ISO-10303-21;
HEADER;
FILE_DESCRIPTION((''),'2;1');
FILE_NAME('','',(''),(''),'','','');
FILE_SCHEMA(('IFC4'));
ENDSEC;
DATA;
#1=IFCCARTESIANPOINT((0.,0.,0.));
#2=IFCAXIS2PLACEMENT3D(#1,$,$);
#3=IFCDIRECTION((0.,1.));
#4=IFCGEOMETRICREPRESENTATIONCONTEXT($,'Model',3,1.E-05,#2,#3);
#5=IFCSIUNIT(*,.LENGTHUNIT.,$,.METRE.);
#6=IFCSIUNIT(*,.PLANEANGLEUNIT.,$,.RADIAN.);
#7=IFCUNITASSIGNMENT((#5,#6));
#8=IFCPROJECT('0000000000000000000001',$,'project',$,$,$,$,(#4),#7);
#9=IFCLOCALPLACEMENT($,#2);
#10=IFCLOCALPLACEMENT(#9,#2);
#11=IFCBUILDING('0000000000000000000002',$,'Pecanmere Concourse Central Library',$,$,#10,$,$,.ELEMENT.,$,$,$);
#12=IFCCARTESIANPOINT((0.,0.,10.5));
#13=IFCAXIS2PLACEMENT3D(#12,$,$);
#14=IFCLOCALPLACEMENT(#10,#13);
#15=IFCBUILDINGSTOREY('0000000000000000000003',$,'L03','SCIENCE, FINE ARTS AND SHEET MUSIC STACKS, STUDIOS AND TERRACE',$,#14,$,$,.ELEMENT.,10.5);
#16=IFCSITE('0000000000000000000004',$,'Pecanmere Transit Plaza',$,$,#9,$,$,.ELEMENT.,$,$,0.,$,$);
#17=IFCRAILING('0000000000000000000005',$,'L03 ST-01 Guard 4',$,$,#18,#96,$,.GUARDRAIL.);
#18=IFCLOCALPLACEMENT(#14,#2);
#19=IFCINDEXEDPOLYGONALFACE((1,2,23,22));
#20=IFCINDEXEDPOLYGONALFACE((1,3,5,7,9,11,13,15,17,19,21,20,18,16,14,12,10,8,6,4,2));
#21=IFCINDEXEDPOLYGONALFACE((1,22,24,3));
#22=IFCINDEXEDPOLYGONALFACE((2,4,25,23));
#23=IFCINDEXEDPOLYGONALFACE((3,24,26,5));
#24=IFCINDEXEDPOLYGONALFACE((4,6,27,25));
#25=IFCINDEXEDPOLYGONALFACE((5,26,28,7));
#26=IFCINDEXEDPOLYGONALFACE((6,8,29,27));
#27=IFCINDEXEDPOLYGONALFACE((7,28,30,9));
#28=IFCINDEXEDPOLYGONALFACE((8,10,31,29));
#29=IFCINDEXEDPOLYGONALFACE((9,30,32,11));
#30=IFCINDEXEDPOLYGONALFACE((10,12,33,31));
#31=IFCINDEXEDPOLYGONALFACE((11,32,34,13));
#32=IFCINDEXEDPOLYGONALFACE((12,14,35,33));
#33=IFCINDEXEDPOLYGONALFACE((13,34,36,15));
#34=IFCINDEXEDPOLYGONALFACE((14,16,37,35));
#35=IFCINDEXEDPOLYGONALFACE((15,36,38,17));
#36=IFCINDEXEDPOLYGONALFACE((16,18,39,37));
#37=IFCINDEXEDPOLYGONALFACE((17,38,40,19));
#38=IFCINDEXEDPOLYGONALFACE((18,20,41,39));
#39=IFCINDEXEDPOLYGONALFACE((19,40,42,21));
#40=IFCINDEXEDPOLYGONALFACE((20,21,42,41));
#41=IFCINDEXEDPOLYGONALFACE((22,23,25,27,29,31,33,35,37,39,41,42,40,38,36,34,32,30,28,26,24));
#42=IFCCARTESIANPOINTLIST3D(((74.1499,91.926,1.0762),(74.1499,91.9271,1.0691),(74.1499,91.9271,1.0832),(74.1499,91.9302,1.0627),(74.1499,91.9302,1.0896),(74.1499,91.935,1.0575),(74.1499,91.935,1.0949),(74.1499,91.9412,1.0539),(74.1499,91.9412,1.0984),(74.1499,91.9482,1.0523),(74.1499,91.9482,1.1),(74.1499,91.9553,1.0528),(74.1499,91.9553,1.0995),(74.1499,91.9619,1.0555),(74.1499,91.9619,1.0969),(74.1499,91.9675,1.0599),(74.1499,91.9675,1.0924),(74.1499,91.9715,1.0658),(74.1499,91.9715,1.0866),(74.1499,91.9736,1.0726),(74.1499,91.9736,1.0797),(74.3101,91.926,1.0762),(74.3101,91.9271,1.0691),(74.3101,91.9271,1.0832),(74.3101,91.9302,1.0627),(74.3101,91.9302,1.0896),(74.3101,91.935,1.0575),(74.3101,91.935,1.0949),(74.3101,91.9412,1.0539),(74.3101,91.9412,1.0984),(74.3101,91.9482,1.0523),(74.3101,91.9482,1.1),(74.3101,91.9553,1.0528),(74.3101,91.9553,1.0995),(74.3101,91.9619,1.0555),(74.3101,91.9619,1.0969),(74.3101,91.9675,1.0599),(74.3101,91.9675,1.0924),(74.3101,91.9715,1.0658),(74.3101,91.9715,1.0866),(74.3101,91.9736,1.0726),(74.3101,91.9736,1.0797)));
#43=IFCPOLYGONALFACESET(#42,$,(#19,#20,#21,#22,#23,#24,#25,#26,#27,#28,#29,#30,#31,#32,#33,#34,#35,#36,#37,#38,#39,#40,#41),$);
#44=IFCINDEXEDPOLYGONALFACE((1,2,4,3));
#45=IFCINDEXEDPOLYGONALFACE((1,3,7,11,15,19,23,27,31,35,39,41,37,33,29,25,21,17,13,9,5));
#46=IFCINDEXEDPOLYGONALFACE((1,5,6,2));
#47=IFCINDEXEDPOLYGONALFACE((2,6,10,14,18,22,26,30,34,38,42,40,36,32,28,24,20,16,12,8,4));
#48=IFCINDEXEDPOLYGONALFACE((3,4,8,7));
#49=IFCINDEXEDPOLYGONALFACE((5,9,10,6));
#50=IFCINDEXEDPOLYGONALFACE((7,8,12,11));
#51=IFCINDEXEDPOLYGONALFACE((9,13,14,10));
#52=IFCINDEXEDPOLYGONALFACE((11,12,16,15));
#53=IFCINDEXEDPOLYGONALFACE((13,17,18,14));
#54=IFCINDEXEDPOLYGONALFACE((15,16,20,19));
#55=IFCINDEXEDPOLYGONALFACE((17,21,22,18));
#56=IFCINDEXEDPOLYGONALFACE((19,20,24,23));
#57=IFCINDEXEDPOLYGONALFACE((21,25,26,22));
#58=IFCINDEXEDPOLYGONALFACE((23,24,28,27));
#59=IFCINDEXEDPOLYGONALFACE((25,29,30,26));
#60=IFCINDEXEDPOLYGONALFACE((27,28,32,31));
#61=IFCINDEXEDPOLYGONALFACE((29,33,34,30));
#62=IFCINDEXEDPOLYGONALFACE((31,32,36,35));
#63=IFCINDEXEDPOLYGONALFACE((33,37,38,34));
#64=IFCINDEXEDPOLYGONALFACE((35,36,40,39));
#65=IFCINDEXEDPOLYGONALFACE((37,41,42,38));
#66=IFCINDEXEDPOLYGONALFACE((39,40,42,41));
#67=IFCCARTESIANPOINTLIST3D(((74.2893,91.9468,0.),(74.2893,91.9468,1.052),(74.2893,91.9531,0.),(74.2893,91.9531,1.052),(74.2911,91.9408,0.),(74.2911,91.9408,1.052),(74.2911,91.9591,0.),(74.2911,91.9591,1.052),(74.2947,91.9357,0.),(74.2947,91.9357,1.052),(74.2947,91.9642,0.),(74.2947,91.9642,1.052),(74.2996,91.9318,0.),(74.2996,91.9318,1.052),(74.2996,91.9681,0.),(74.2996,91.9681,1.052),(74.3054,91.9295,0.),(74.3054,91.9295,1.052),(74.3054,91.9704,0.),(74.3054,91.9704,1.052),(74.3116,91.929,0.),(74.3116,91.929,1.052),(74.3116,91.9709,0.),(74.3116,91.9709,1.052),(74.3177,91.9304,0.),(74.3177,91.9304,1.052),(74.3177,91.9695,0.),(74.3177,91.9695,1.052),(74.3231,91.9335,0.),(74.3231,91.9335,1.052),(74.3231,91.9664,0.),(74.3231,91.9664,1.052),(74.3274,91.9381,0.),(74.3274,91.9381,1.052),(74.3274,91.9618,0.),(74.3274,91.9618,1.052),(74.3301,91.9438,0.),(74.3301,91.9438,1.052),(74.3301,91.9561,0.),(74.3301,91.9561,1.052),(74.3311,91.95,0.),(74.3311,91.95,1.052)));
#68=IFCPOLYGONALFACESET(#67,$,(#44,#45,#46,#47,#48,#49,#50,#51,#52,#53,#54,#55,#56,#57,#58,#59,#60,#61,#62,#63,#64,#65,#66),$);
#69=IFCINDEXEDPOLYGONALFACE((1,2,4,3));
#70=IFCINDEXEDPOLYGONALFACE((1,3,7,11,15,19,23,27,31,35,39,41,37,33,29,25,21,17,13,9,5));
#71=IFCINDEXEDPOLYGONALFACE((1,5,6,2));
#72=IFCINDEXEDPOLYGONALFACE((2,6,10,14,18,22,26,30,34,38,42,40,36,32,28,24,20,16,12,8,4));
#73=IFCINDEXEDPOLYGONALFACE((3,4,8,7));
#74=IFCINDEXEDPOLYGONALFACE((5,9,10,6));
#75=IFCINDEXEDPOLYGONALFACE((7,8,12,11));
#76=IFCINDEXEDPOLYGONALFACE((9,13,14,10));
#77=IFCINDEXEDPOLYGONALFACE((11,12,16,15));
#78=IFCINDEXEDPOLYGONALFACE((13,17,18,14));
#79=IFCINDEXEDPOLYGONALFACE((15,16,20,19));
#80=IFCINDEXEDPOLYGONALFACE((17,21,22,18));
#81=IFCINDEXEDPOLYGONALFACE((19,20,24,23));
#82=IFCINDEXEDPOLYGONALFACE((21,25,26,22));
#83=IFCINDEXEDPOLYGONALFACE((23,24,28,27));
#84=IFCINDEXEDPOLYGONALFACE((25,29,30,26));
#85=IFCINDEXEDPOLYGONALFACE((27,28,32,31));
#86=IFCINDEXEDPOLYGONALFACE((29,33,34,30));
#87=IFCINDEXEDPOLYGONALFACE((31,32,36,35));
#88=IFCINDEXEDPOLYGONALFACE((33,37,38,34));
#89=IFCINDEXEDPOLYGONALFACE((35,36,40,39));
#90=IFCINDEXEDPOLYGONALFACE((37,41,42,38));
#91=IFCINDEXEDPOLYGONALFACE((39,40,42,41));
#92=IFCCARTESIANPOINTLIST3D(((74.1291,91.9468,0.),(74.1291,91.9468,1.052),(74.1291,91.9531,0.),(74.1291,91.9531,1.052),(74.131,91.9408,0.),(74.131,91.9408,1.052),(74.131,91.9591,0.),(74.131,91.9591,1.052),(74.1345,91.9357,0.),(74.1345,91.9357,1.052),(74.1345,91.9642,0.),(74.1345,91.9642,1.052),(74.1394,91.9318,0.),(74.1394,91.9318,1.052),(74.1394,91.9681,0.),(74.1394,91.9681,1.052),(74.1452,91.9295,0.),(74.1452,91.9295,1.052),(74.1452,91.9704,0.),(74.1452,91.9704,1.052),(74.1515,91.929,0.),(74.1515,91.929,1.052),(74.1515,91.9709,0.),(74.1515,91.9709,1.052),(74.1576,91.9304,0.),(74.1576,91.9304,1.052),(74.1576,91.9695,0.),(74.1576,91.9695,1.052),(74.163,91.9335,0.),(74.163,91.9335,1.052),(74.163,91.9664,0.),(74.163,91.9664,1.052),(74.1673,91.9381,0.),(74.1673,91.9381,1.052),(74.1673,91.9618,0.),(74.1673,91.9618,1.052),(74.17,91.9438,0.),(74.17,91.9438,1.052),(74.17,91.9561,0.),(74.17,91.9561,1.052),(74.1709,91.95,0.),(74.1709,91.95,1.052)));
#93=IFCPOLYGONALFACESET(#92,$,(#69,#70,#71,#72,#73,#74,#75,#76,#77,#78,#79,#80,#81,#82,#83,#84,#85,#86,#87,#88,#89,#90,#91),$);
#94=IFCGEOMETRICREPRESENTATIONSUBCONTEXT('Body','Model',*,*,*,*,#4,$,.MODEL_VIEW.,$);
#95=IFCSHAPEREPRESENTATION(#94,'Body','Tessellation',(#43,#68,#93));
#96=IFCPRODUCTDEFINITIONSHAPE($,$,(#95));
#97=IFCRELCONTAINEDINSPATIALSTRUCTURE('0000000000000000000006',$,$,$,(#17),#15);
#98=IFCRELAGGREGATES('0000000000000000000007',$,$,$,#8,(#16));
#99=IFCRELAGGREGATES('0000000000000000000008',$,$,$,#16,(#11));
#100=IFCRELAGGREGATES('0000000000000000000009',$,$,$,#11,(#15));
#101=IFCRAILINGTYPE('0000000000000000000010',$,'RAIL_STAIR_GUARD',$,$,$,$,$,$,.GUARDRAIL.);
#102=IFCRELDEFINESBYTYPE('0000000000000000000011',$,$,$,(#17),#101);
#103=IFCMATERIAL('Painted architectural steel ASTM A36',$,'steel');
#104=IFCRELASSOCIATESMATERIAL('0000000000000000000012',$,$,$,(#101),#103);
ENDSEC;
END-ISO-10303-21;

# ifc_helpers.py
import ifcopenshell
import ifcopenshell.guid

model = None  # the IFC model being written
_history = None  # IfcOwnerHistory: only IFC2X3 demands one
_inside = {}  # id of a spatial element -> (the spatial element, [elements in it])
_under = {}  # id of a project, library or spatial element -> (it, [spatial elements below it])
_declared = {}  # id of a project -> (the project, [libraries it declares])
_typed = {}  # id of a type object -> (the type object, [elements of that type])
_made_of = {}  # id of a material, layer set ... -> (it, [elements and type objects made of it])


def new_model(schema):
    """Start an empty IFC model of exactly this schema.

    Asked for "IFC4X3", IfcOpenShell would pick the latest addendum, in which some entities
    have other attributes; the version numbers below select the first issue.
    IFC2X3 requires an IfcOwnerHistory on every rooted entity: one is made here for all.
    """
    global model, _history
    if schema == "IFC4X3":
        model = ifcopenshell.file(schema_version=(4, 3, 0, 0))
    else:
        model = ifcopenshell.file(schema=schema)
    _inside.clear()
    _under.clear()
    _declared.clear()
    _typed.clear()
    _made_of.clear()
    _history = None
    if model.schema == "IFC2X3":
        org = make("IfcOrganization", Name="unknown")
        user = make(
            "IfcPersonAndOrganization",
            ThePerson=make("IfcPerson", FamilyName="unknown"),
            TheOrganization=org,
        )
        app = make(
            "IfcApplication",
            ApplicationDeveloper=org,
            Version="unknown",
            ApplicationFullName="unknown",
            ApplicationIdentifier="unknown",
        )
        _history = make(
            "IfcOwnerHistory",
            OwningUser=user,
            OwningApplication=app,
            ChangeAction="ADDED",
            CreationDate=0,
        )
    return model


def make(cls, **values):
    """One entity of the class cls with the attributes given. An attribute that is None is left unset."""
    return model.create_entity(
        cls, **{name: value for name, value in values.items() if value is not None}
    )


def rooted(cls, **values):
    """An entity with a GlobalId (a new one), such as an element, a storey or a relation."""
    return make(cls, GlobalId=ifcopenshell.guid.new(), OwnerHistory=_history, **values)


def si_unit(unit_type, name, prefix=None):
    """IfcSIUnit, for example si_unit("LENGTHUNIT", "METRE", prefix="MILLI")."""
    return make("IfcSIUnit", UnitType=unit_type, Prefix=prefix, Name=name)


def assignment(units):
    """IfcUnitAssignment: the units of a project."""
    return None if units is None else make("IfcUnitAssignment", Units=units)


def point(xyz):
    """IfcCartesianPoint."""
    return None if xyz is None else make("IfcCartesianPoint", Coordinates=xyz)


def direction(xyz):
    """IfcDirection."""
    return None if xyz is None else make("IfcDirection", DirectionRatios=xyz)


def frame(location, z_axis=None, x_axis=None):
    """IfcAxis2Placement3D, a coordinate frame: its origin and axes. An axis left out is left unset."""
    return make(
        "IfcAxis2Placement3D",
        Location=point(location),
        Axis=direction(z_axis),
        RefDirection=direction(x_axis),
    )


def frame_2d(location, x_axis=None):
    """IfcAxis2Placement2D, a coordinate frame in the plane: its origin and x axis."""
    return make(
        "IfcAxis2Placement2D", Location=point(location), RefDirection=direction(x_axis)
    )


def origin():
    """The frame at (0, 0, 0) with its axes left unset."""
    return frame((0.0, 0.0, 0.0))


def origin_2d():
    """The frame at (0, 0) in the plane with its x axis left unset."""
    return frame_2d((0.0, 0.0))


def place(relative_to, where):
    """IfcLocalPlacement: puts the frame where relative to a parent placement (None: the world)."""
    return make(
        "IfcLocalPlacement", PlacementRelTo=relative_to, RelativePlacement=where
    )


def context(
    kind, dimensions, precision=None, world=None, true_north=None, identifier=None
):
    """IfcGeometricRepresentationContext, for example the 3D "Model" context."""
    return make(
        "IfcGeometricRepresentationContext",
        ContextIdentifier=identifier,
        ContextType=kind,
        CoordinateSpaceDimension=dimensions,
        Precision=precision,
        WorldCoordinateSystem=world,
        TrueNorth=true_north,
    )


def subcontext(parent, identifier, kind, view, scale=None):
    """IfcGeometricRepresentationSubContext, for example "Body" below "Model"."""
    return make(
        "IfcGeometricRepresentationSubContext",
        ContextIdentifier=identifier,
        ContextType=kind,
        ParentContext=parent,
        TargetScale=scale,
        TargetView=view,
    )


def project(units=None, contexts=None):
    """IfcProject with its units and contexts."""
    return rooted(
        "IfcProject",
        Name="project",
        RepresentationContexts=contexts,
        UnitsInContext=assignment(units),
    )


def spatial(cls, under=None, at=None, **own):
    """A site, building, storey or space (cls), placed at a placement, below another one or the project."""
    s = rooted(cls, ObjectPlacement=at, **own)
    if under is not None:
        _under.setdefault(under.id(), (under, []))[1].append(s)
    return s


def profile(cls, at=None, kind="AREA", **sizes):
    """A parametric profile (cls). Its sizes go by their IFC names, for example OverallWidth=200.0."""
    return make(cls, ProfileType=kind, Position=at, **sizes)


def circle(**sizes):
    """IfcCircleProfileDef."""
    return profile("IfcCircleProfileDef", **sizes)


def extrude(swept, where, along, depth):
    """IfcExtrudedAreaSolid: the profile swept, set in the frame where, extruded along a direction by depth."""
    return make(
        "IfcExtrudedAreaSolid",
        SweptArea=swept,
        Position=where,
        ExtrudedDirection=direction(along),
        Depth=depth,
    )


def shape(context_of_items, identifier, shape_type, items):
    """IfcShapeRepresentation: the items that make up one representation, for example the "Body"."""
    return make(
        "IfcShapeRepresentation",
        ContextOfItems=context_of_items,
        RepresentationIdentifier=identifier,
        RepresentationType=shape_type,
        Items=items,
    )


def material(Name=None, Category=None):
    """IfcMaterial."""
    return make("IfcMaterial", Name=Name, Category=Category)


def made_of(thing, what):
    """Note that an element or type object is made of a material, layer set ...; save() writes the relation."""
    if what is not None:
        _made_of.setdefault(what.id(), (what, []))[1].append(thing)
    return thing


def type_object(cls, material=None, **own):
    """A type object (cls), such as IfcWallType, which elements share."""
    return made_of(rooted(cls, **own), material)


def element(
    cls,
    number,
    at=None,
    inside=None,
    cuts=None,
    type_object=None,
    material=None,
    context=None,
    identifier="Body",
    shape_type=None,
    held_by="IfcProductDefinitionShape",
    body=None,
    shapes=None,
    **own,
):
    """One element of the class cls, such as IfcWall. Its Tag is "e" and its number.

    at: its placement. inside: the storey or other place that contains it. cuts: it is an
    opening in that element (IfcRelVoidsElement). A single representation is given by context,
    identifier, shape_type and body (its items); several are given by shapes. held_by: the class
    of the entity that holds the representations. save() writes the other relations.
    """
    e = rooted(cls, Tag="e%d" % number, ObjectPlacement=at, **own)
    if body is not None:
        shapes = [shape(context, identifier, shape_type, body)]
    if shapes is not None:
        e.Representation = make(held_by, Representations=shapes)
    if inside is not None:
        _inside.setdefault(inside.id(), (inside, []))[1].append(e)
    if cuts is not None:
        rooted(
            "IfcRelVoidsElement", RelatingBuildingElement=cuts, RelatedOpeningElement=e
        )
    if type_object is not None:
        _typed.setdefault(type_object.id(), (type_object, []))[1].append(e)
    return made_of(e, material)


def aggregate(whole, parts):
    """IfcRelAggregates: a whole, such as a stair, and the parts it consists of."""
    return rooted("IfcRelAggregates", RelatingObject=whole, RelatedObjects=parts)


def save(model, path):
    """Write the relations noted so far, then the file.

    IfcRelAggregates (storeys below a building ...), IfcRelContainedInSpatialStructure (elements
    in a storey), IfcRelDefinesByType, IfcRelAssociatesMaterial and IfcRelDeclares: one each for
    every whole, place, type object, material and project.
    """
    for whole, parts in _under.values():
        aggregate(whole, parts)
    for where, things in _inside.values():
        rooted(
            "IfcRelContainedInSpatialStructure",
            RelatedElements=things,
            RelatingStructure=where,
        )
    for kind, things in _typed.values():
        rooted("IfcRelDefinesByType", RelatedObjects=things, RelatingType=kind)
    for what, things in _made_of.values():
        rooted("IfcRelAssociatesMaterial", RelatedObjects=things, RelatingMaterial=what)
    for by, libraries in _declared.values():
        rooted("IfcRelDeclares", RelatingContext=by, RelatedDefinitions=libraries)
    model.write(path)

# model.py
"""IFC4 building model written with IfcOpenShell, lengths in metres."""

from ifc_helpers import new_model, si_unit, direction, frame, origin, origin_2d, place, context, subcontext, project, spatial, circle, extrude, material, type_object, element, save


model = new_model("IFC4")

# Units and contexts
model_context = context("Model", 3, precision=1e-05, world=origin(), true_north=direction((0.0, 1.0)))
body_context = subcontext(model_context, "Body", "Model", "MODEL_VIEW")
ifc_project = project(units=[si_unit("LENGTHUNIT", "METRE"), si_unit("PLANEANGLEUNIT", "RADIAN")], contexts=[model_context])

# Site, building, storey
site_placement = place(None, origin())
site = spatial("IfcSite", under=ifc_project, at=site_placement, Name="Pecanmere Transit Plaza", CompositionType="ELEMENT", RefElevation=0.0)
building_placement = place(site_placement, origin())
building = spatial("IfcBuilding", under=site, at=building_placement, Name="Pecanmere Concourse Central Library", CompositionType="ELEMENT")
storey_placement = place(building_placement, frame((0.0, 0.0, 10.5)))
storey = spatial("IfcBuildingStorey", under=building, at=storey_placement, Name="L03", Description="SCIENCE, FINE ARTS AND SHEET MUSIC STACKS, STUDIOS AND TERRACE", CompositionType="ELEMENT", Elevation=10.5)

# Railing
ifc_material_1 = material(Name="Painted architectural steel ASTM A36", Category="steel")
railing_type_1 = type_object("IfcRailingType", Name="RAIL_STAIR_GUARD", PredefinedType="GUARDRAIL", material=ifc_material_1)
railing_1_placement = place(storey_placement, frame((74.3101, 91.95, 0.0)))
element("IfcRailing", 1, at=railing_1_placement, inside=storey, type_object=railing_type_1, Name="L03 ST-01 Guard 4", PredefinedType="GUARDRAIL", context=body_context, shape_type="SweptSolid", body=[
    extrude(circle(Radius=0.0239, at=origin_2d()), frame((0.0, 0.0, 1.0762), z_axis=(-1.0, 0.0, 0.0), x_axis=(0.0, -1.0, 0.0)), (0.0, 0.0, 1.0), 0.1602),
    extrude(circle(Radius=0.021, at=origin_2d()), origin(), (0.0, 0.0, 1.0), 1.052),
    extrude(circle(Radius=0.021, at=origin_2d()), frame((-0.1602, 0.0, 0.0)), (0.0, 0.0, 1.0), 1.052),
])

save(model, "model.ifc")
